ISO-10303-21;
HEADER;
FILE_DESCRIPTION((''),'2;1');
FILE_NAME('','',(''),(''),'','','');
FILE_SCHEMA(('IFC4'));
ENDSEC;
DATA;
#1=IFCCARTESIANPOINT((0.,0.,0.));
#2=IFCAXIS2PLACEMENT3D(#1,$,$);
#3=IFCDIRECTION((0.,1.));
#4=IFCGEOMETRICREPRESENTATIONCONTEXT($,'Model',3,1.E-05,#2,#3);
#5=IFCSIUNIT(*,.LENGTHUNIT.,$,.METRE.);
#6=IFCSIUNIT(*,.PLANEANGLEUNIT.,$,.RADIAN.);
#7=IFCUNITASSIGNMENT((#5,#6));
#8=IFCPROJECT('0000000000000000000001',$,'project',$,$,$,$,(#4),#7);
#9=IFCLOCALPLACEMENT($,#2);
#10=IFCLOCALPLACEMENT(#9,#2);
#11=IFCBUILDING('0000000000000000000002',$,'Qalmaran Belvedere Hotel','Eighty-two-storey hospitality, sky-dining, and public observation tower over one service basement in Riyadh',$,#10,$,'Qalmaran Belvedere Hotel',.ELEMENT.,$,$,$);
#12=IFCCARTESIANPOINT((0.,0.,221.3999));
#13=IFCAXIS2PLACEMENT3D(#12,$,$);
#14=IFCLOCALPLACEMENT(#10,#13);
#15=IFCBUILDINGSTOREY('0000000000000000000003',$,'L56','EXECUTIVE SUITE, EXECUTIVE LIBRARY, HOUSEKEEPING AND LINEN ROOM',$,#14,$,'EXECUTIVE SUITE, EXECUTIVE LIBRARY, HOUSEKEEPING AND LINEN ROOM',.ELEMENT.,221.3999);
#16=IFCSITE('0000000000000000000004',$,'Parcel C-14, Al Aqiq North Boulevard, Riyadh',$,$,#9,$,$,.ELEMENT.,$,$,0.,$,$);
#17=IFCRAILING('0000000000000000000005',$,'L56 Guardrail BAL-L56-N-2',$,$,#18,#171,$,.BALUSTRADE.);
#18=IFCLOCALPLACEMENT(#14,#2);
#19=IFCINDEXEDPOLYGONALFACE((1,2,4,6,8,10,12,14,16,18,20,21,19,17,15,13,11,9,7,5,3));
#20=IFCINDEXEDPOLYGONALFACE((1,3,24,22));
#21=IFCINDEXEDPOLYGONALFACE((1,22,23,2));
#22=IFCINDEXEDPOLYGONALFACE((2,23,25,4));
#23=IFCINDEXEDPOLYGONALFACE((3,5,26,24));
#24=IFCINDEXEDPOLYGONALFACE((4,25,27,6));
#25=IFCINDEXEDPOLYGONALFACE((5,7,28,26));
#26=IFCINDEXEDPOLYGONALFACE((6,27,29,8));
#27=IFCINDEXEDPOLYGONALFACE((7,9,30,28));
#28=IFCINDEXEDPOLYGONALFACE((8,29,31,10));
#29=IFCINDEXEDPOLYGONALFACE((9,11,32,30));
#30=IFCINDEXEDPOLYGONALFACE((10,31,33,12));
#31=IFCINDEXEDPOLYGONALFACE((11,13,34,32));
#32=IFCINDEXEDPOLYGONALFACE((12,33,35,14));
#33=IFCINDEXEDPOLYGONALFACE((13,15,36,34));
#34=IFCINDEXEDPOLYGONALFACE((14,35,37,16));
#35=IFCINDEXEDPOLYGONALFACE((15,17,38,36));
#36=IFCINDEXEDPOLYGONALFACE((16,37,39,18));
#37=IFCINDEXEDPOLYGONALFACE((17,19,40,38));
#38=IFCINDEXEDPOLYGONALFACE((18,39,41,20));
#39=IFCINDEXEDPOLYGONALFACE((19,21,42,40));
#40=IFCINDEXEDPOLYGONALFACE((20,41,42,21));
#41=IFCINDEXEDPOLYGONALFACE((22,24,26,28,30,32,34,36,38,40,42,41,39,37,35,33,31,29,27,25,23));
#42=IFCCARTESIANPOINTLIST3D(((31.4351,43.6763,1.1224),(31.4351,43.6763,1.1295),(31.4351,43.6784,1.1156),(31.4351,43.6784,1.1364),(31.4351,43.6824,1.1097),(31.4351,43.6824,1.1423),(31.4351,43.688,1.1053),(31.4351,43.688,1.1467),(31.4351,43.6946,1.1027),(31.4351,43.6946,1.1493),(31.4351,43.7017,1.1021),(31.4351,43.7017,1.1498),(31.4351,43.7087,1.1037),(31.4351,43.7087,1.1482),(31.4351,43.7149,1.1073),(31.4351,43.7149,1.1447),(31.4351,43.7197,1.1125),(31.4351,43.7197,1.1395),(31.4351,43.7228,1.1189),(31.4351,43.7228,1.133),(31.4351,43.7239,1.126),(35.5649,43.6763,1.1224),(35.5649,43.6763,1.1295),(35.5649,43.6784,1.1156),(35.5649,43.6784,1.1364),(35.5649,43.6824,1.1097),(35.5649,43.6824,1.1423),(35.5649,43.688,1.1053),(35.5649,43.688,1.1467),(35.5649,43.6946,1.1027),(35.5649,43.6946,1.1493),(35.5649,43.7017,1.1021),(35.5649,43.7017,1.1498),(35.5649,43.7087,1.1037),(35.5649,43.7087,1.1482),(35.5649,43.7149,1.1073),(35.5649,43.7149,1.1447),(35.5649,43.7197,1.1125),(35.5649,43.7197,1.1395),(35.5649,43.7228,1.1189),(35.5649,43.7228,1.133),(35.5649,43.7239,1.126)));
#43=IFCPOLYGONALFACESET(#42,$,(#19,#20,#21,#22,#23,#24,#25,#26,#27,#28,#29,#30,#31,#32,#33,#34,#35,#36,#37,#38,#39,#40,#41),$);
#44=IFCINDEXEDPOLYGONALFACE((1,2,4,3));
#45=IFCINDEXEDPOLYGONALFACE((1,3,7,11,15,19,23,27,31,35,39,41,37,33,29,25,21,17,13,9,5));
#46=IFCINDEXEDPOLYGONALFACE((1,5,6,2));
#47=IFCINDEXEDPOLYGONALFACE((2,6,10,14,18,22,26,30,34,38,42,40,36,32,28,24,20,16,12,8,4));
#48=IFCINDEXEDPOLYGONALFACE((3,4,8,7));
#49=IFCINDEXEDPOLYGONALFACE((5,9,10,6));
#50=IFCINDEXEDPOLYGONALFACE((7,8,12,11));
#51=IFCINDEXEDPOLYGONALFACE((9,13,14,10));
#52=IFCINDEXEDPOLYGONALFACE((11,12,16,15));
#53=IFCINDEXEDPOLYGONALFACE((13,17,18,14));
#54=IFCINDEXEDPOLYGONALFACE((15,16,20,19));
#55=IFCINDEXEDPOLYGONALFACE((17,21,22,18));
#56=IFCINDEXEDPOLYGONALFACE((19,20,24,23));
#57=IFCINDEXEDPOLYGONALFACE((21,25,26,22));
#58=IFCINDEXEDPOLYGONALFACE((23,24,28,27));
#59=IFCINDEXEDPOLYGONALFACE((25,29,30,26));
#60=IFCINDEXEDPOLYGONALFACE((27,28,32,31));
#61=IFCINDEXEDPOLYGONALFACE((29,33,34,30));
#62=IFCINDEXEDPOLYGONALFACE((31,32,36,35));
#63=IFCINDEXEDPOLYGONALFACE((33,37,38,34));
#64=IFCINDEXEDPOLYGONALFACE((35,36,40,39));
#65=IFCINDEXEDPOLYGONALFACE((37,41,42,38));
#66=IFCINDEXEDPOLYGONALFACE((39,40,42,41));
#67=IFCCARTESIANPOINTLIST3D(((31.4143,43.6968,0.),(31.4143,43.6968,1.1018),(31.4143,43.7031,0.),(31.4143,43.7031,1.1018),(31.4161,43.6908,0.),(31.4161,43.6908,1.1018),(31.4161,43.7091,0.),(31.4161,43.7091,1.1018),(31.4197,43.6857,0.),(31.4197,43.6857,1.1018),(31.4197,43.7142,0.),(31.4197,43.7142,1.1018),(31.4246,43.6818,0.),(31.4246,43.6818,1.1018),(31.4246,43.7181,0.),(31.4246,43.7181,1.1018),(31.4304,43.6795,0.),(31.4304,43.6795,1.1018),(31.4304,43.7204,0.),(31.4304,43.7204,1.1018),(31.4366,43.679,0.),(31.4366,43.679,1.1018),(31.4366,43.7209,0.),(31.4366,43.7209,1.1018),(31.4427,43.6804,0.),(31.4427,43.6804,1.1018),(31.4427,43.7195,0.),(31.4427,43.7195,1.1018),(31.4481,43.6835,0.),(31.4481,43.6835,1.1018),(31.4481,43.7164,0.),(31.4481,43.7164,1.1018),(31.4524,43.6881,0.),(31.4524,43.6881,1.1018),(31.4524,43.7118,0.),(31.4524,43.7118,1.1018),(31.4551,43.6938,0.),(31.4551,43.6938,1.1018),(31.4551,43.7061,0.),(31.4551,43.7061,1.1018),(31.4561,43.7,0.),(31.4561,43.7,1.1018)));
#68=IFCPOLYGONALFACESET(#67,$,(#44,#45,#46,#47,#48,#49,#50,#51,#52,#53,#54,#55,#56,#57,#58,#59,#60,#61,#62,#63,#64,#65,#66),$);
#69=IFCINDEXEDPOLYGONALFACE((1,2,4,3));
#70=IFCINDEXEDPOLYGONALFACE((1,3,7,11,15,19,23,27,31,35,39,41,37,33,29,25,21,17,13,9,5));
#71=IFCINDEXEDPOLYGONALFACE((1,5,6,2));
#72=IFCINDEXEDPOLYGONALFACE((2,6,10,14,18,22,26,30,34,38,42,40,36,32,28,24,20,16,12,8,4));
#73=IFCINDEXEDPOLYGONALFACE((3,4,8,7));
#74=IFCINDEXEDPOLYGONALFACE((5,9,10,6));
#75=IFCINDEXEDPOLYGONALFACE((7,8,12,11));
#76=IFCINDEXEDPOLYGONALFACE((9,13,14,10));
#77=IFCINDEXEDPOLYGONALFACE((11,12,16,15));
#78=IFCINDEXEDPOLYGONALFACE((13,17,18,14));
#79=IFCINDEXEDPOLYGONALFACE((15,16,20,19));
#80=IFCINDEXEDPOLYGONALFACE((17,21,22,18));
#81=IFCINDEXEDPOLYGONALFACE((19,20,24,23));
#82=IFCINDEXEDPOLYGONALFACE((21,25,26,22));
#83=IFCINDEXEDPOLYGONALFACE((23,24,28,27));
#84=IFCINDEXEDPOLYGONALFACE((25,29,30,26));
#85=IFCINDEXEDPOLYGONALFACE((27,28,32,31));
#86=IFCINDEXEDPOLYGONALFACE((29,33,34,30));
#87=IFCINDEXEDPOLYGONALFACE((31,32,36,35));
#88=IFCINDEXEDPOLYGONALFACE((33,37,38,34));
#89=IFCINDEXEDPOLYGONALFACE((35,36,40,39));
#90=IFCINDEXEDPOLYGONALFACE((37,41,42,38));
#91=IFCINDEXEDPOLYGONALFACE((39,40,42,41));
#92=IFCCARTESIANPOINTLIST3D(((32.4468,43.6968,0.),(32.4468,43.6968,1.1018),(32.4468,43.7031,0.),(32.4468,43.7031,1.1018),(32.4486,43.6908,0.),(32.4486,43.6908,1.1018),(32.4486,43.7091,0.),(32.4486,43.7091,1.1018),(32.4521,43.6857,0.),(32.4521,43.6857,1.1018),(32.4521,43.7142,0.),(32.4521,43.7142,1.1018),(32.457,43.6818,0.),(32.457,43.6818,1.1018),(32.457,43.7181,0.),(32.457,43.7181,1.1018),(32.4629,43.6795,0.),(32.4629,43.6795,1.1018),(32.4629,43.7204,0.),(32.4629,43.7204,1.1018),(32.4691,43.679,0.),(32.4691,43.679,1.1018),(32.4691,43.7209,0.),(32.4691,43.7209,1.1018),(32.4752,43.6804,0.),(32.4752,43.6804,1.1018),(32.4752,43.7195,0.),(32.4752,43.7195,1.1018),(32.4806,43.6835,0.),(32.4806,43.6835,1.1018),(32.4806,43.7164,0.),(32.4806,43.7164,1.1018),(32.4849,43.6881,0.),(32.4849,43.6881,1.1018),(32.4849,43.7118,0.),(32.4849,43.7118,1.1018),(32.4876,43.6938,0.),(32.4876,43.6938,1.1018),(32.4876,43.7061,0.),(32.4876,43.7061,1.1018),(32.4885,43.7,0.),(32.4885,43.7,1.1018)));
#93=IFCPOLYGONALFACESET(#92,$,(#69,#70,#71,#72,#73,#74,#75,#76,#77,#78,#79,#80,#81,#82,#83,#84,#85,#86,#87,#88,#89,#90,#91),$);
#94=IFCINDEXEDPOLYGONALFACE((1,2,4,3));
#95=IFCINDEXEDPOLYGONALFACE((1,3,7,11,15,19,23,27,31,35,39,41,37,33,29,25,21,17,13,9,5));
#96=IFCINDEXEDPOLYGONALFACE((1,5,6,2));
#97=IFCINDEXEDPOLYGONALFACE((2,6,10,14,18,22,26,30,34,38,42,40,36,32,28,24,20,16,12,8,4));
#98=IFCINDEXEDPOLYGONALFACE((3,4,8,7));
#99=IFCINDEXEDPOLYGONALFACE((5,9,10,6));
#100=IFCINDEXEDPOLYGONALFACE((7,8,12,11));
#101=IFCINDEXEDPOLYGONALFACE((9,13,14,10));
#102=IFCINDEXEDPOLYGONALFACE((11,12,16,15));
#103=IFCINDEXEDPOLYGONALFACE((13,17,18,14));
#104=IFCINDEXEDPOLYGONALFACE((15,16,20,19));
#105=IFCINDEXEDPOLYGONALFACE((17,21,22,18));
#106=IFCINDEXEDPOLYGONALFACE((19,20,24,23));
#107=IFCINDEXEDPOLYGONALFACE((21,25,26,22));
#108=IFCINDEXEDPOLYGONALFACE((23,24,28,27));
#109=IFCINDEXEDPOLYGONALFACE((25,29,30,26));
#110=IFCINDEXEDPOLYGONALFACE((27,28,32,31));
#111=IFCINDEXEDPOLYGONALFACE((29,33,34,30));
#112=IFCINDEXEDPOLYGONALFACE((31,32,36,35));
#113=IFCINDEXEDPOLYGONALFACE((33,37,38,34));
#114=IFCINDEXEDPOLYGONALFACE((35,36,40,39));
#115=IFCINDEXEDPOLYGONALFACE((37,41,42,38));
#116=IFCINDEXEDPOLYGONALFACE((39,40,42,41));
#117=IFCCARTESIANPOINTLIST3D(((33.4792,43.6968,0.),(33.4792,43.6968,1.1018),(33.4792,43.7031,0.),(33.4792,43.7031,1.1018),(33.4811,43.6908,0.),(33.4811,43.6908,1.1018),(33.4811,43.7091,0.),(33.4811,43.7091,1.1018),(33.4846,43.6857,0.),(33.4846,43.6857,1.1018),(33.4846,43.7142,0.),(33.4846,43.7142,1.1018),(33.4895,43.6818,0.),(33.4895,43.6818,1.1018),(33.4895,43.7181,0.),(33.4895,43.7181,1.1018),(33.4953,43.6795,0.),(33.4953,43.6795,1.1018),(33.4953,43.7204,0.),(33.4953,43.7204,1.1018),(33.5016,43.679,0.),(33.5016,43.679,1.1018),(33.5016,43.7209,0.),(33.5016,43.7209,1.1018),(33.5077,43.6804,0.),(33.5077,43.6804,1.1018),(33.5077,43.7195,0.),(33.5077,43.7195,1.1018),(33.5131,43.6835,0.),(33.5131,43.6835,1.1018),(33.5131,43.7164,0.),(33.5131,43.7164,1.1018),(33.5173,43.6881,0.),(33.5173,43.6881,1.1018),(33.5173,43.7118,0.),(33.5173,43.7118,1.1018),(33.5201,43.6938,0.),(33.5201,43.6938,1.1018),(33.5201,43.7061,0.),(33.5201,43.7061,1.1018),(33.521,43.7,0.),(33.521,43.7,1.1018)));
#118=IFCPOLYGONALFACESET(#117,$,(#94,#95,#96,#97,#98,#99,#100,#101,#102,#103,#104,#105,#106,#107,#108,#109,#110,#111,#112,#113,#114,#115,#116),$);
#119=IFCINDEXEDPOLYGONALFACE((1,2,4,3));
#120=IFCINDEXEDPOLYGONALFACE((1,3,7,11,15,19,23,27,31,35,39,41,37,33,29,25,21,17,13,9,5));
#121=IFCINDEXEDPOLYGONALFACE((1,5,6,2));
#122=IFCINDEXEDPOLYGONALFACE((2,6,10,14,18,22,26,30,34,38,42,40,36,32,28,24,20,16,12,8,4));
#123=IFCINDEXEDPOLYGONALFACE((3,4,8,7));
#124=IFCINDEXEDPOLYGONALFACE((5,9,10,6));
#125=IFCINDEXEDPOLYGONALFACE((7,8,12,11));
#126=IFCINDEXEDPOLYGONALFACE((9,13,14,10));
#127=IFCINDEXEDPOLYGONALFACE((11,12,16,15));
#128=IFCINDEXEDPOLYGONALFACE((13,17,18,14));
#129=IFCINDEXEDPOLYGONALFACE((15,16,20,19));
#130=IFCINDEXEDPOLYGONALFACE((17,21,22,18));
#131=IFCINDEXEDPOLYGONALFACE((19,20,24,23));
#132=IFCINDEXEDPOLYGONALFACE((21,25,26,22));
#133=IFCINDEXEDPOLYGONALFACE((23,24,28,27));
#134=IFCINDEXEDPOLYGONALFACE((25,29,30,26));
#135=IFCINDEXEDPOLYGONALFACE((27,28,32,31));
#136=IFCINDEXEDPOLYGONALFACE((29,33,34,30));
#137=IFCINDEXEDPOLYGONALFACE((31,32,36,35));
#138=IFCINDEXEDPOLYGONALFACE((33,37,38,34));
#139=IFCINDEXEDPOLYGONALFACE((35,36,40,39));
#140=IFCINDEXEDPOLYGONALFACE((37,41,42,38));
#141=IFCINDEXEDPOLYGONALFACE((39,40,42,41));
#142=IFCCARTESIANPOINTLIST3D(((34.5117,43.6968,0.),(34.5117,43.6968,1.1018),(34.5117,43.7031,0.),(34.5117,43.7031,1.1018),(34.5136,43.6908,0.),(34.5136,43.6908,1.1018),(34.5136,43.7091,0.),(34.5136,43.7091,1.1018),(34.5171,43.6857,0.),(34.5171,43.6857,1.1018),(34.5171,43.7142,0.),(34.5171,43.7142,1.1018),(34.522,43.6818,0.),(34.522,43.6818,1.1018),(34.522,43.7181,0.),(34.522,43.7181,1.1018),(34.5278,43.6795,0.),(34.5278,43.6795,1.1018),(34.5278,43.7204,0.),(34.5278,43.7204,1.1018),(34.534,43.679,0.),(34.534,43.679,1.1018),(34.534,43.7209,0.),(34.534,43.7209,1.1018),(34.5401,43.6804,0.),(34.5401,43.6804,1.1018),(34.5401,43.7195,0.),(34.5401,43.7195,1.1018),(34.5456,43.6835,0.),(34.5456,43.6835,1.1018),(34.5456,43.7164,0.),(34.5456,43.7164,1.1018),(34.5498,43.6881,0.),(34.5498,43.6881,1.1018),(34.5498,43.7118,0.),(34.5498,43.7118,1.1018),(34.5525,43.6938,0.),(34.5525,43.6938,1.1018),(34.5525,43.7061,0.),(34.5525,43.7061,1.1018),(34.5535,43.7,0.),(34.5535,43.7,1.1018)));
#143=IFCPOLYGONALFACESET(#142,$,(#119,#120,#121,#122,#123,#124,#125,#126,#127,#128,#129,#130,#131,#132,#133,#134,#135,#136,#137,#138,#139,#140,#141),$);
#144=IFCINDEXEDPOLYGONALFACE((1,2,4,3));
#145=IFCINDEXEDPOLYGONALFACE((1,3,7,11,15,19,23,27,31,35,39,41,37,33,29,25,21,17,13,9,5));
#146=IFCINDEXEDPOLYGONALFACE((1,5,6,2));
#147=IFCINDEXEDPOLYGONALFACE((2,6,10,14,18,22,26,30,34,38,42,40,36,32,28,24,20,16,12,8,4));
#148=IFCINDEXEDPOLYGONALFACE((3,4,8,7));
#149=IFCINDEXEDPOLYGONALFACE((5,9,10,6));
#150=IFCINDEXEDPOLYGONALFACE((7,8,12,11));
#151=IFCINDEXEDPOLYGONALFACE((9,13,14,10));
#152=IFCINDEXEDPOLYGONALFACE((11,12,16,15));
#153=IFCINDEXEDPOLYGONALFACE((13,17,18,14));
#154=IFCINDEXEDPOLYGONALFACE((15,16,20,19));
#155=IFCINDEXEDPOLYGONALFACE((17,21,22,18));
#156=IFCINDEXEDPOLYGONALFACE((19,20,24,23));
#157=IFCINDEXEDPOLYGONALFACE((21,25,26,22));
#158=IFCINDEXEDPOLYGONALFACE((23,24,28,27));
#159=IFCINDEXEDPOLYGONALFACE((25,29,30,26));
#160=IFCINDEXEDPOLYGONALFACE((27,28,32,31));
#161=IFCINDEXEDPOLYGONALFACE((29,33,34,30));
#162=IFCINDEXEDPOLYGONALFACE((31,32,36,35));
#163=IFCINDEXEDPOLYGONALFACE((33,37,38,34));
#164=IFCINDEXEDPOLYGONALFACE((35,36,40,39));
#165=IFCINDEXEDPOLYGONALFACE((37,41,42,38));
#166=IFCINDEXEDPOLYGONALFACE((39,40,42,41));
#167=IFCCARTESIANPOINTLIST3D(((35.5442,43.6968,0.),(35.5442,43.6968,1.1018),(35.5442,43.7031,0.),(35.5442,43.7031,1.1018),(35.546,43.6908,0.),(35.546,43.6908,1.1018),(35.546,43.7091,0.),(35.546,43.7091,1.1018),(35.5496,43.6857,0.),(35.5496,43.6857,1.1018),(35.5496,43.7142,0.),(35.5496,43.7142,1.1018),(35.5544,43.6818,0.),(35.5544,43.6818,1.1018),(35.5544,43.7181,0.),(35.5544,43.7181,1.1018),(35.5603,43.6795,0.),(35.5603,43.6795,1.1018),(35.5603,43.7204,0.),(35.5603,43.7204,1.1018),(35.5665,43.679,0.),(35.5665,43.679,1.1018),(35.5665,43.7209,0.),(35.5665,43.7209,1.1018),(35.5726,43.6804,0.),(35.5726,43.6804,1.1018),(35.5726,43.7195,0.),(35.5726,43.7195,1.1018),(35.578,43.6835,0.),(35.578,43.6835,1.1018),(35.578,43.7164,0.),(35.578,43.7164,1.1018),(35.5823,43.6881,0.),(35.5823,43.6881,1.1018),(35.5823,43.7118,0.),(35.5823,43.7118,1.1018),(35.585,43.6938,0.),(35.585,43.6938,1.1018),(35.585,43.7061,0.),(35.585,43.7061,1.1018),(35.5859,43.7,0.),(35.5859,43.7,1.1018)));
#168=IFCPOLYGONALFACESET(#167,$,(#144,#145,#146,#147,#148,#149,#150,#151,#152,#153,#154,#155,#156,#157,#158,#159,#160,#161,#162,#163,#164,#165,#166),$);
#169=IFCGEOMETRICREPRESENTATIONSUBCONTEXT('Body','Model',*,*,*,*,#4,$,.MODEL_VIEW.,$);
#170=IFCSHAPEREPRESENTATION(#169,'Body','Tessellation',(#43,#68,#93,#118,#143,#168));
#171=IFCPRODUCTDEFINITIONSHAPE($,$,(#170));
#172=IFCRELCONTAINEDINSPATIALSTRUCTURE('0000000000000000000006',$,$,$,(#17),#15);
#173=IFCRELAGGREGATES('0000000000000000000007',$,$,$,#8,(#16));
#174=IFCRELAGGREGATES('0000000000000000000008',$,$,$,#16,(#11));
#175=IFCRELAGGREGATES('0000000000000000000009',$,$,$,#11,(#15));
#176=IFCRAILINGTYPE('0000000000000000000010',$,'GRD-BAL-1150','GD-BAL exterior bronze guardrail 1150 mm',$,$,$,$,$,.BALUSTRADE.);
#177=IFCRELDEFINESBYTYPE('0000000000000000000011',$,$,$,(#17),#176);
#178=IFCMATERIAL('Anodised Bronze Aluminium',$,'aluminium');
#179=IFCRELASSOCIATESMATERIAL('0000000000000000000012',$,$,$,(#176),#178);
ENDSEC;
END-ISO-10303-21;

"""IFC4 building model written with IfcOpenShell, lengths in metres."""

from ifc_helpers import new_model, si_unit, direction, frame, origin, origin_2d, place, context, subcontext, project, spatial, circle, extrude, material, type_object, element, save


model = new_model("IFC4")

# Units and contexts
model_context = context("Model", 3, precision=1e-05, world=origin(), true_north=direction((0.0, 1.0)))
body_context = subcontext(model_context, "Body", "Model", "MODEL_VIEW")
ifc_project = project(units=[si_unit("LENGTHUNIT", "METRE"), si_unit("PLANEANGLEUNIT", "RADIAN")], contexts=[model_context])

# Site, building, storey
site_placement = place(None, origin())
site = spatial("IfcSite", under=ifc_project, at=site_placement, Name="Parcel C-14, Al Aqiq North Boulevard, Riyadh", CompositionType="ELEMENT", RefElevation=0.0)
building_placement = place(site_placement, origin())
building = spatial("IfcBuilding", under=site, at=building_placement, Name="Qalmaran Belvedere Hotel", Description="Eighty-two-storey hospitality, sky-dining, and public observation tower over one service basement in Riyadh", LongName="Qalmaran Belvedere Hotel", CompositionType="ELEMENT")
storey_placement = place(building_placement, frame((0.0, 0.0, 221.3999)))
storey = spatial("IfcBuildingStorey", under=building, at=storey_placement, Name="L56", Description="EXECUTIVE SUITE, EXECUTIVE LIBRARY, HOUSEKEEPING AND LINEN ROOM", LongName="EXECUTIVE SUITE, EXECUTIVE LIBRARY, HOUSEKEEPING AND LINEN ROOM", CompositionType="ELEMENT", Elevation=221.3999)

# Shared definitions
ifc_material_1 = material(Name="Anodised Bronze Aluminium", Category="aluminium")

# Railing
railing_type = type_object("IfcRailingType", Name="GRD-BAL-1150", Description="GD-BAL exterior bronze guardrail 1150 mm", PredefinedType="BALUSTRADE", material=ifc_material_1)
railing_1_placement = place(storey_placement, frame((31.4351, 43.7, 0.0)))
element("IfcRailing", 1, at=railing_1_placement, inside=storey, type_object=railing_type, Name="L56 Guardrail BAL-L56-N-2", PredefinedType="BALUSTRADE", context=body_context, shape_type="SweptSolid", body=[
    extrude(circle(Radius=0.0239, at=origin_2d()), frame((0.0, 0.0, 1.126), z_axis=(1.0, 0.0, 0.0), x_axis=(0.0, 1.0, 0.0)), (0.0, 0.0, 1.0), 4.1299),
    extrude(circle(Radius=0.021, at=origin_2d()), origin(), (0.0, 0.0, 1.0), 1.1018),
    extrude(circle(Radius=0.021, at=origin_2d()), frame((1.0325, 0.0, 0.0)), (0.0, 0.0, 1.0), 1.1018),
    extrude(circle(Radius=0.021, at=origin_2d()), frame((2.0649, 0.0, 0.0)), (0.0, 0.0, 1.0), 1.1018),
    extrude(circle(Radius=0.021, at=origin_2d()), frame((3.0974, 0.0, 0.0)), (0.0, 0.0, 1.0), 1.1018),
    extrude(circle(Radius=0.021, at=origin_2d()), frame((4.1299, 0.0, 0.0)), (0.0, 0.0, 1.0), 1.1018),
])

save(model, "model.ifc")
